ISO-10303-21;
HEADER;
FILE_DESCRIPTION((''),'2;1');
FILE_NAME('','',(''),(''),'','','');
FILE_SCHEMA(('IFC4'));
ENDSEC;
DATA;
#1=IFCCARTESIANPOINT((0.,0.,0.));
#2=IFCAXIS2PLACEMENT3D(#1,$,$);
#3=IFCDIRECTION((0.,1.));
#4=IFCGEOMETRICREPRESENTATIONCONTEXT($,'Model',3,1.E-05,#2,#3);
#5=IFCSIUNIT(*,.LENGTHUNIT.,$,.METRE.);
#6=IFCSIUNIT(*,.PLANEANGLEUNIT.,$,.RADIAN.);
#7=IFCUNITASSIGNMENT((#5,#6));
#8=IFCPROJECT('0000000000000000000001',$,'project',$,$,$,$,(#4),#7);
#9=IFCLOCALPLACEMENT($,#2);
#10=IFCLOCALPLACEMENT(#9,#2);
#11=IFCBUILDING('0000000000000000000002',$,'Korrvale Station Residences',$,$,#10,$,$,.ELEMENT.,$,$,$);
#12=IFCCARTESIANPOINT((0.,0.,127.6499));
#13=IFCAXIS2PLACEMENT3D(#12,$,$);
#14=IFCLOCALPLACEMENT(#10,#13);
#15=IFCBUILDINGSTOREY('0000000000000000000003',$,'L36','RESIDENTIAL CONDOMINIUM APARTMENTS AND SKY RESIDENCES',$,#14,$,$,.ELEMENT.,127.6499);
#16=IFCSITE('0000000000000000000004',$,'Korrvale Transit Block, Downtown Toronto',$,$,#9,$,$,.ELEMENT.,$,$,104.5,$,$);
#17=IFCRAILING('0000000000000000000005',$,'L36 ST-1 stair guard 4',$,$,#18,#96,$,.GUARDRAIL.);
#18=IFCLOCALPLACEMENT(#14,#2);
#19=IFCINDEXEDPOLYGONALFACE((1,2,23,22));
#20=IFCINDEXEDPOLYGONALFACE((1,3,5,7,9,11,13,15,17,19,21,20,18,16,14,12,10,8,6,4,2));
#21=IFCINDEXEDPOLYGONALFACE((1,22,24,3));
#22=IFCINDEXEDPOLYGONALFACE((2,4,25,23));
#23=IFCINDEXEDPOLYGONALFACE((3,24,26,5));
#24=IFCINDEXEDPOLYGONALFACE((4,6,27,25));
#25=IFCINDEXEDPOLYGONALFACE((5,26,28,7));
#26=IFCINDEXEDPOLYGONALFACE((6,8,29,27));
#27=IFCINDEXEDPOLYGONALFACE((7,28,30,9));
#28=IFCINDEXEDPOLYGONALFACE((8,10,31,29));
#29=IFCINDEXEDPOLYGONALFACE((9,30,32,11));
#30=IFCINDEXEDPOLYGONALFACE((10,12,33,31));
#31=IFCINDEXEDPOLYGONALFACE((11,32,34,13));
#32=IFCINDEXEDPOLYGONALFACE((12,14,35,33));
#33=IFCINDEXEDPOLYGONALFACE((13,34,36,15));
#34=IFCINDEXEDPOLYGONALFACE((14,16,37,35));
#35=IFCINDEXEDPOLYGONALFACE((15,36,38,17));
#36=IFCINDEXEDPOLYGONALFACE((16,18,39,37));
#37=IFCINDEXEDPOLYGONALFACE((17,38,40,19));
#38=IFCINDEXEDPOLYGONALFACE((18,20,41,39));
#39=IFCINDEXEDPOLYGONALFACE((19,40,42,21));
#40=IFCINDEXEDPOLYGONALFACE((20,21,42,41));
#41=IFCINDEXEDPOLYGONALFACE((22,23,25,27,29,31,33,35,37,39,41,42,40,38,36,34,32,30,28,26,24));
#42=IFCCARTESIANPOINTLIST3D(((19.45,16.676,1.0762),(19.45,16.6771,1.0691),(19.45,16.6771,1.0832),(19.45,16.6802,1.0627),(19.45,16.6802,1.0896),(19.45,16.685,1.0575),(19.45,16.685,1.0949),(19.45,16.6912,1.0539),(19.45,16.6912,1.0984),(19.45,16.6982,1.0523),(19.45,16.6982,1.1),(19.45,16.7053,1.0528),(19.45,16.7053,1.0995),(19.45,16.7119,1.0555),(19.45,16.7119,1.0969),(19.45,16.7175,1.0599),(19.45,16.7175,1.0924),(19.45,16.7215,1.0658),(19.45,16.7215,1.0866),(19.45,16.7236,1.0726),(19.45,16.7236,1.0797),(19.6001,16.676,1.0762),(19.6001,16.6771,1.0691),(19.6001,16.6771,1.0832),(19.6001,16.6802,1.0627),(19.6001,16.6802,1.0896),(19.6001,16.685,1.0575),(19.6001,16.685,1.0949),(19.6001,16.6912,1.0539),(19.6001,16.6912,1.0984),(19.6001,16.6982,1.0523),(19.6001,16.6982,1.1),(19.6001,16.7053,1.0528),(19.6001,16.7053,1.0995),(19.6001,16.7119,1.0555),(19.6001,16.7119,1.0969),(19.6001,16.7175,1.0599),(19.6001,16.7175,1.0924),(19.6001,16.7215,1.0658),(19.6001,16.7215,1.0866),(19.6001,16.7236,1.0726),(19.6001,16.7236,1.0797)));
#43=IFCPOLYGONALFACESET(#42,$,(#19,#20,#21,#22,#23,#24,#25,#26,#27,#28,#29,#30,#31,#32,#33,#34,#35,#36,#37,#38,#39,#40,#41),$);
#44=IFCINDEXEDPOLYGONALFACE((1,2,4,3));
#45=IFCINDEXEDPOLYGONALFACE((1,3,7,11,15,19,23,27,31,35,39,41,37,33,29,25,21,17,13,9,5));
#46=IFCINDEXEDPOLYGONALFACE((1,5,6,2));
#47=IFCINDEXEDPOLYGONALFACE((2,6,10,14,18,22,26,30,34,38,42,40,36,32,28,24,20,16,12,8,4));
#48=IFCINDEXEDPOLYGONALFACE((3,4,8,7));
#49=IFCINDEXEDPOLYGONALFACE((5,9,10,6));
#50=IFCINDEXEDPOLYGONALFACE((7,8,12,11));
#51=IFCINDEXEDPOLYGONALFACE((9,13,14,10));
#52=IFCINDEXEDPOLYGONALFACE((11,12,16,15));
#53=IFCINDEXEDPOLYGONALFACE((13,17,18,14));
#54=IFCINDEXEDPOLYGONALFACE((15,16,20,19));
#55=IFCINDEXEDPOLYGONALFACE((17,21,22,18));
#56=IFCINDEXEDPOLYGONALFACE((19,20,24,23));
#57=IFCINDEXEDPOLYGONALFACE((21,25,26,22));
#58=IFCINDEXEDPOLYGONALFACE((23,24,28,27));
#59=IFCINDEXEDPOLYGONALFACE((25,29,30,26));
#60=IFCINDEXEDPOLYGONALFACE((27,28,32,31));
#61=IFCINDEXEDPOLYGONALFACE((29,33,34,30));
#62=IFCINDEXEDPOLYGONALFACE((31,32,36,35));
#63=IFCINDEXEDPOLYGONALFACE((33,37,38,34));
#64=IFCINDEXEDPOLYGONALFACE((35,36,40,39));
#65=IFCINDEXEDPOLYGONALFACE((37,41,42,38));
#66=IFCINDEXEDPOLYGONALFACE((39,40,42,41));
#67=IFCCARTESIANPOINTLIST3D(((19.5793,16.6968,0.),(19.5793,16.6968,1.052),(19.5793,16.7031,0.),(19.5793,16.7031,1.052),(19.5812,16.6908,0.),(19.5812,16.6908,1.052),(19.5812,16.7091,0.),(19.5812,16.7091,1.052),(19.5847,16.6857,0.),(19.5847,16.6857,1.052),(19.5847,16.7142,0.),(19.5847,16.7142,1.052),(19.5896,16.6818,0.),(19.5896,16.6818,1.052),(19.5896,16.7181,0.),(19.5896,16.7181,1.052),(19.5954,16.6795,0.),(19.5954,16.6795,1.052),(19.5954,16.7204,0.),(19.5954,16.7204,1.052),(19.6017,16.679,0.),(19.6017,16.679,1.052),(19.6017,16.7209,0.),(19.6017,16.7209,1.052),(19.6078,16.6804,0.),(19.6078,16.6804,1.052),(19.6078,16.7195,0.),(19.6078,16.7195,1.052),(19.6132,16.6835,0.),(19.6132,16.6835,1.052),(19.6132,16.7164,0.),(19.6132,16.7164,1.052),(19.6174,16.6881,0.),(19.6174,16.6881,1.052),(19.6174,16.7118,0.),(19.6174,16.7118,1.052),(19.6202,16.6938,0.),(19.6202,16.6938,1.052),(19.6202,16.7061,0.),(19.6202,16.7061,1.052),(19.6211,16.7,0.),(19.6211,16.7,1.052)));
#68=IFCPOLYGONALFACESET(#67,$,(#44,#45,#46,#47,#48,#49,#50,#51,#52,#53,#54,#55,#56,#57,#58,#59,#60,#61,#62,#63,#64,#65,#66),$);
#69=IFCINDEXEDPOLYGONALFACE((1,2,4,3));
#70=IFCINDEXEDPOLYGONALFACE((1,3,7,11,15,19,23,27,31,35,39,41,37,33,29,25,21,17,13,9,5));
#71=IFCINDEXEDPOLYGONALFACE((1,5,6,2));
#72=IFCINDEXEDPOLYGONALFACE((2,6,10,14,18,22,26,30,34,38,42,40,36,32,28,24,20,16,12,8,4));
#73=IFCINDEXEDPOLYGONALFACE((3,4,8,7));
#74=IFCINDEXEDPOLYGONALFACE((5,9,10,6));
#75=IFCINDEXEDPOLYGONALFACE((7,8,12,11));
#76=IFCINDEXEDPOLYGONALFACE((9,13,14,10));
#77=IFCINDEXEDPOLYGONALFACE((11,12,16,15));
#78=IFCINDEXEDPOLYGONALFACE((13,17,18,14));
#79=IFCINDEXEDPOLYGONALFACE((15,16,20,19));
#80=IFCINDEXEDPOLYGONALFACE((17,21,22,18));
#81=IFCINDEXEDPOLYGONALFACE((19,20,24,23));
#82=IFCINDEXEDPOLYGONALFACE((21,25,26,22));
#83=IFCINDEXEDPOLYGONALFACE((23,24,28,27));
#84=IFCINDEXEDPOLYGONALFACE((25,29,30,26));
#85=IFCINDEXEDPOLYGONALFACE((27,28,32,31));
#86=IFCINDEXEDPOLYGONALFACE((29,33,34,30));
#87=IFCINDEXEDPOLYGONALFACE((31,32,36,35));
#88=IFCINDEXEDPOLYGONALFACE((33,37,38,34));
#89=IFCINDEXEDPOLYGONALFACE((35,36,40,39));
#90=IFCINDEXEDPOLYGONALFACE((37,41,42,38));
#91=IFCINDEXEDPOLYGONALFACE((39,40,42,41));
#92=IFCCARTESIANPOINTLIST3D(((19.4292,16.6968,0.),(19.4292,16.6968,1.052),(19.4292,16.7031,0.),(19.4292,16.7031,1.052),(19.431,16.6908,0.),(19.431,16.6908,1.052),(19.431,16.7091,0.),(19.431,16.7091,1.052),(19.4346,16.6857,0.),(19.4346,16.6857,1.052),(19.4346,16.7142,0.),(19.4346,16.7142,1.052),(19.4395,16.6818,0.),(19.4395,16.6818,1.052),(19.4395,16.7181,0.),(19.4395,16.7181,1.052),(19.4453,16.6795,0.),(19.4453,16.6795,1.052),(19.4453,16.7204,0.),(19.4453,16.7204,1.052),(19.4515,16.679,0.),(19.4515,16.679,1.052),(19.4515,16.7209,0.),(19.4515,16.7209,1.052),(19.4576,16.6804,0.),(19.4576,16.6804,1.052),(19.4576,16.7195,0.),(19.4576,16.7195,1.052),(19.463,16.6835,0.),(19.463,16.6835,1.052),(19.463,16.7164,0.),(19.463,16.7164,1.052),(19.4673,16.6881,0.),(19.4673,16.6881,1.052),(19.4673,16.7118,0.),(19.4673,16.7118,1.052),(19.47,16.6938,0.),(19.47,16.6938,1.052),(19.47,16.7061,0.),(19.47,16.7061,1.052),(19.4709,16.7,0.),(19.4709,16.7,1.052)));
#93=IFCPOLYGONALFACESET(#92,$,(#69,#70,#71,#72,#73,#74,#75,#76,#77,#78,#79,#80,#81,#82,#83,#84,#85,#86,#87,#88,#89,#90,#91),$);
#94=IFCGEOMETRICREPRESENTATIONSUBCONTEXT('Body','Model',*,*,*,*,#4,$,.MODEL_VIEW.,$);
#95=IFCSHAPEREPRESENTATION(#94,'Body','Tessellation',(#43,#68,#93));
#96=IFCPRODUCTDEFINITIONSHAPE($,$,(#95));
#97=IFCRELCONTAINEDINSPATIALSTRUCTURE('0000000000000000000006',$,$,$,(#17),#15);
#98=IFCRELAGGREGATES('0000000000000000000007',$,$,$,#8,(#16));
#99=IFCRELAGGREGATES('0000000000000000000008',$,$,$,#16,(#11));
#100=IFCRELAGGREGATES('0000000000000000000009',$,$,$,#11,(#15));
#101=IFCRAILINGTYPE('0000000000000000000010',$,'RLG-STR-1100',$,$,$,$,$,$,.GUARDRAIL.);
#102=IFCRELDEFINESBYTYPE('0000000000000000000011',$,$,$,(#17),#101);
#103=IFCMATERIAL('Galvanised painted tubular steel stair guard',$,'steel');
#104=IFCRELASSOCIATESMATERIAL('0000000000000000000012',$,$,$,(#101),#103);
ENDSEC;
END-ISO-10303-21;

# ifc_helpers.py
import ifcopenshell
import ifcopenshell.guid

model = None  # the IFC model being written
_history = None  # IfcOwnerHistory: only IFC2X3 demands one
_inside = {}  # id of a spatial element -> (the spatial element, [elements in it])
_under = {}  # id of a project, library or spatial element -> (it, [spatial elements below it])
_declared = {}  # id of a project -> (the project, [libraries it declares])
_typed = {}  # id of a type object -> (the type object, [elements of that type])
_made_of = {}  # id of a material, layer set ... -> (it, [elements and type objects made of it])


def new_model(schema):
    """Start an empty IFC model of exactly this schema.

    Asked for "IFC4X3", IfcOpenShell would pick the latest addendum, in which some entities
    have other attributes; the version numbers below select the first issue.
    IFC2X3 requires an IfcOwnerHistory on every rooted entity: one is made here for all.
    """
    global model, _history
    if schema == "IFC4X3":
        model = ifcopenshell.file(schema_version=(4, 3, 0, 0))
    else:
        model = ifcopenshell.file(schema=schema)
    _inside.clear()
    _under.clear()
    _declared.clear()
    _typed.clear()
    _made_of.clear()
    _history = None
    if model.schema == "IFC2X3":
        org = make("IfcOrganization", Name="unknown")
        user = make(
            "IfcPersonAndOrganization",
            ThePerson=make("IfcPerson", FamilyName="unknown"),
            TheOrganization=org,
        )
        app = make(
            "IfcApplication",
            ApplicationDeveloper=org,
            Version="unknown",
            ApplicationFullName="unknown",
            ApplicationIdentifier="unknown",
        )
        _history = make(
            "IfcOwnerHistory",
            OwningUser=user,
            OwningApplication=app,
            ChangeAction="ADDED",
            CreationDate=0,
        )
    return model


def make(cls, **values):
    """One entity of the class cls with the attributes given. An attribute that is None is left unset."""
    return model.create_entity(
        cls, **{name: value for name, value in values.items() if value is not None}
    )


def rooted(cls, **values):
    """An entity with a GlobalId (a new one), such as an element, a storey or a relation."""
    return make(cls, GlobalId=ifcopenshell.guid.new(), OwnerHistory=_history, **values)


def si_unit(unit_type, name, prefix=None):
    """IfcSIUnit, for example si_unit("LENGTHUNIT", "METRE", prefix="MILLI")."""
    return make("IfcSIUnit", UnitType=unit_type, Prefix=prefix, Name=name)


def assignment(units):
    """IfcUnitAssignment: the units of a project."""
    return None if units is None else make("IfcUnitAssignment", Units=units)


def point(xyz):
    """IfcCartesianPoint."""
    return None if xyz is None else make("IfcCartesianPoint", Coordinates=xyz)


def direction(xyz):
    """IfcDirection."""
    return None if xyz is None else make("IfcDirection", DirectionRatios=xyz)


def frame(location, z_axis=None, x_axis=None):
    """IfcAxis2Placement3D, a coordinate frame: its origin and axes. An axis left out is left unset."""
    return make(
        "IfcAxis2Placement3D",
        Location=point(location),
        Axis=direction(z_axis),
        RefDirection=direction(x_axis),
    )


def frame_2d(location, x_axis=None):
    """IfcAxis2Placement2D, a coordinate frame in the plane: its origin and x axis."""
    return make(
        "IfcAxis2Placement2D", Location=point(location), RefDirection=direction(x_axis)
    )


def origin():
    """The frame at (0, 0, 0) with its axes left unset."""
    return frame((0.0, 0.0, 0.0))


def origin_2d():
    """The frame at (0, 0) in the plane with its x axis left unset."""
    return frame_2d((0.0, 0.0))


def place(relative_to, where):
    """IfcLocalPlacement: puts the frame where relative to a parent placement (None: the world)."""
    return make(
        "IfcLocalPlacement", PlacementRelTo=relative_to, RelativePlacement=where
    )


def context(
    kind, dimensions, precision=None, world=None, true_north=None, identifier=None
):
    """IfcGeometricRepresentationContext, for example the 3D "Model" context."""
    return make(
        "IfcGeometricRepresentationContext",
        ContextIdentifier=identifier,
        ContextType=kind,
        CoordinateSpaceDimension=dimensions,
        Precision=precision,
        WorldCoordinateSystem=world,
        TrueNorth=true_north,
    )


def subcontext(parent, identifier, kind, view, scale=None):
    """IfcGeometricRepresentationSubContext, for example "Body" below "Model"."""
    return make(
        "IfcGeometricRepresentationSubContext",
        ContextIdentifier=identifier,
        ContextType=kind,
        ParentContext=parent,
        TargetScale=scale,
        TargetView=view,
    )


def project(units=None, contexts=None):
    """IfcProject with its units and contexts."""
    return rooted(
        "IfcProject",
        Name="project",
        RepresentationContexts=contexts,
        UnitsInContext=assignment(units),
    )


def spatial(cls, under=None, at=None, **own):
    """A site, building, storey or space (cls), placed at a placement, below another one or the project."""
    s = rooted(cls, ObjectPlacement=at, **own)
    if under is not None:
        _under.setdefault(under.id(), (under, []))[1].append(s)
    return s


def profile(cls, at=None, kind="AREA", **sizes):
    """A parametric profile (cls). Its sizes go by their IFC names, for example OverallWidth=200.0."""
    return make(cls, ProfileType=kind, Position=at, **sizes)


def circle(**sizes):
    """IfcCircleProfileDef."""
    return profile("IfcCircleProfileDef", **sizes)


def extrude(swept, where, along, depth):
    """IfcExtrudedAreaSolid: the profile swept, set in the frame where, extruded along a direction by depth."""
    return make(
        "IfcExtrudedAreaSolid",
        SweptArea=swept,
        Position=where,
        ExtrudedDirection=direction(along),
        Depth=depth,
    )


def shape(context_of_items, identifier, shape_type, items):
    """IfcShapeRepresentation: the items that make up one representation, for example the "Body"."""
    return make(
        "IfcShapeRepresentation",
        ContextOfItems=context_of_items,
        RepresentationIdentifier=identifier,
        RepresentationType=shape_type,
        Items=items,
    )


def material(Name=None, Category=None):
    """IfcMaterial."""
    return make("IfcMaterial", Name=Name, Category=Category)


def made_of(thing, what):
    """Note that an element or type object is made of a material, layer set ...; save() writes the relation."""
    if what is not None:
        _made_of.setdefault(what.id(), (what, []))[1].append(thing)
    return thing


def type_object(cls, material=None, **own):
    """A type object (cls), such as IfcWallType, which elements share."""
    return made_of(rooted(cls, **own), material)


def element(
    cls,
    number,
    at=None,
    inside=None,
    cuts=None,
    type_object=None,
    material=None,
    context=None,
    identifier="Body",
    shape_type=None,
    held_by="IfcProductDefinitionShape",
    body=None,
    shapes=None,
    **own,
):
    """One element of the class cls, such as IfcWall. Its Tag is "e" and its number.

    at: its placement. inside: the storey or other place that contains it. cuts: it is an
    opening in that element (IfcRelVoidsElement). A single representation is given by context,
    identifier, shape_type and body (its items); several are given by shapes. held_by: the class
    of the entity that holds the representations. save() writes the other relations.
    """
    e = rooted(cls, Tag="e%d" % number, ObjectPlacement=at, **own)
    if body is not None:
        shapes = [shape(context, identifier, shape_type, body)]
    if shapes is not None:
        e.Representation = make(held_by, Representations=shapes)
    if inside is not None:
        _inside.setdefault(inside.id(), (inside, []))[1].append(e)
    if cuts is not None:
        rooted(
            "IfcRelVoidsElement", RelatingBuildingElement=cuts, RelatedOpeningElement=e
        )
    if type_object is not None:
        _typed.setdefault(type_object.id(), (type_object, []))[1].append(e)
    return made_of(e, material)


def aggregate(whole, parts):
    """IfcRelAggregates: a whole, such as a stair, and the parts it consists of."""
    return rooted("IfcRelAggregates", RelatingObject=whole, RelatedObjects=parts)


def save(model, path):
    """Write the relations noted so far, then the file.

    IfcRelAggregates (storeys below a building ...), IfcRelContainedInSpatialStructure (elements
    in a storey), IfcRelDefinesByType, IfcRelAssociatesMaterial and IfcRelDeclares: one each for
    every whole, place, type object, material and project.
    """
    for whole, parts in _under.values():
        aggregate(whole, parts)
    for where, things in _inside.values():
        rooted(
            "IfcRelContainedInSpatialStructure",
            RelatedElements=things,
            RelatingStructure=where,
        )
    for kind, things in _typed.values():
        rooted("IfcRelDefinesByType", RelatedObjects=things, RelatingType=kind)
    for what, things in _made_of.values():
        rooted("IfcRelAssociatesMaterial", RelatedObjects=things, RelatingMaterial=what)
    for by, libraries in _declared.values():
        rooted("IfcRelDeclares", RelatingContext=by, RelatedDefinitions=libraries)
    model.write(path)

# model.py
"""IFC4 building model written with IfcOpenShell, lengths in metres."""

from ifc_helpers import new_model, si_unit, direction, frame, origin, origin_2d, place, context, subcontext, project, spatial, circle, extrude, material, type_object, element, save


model = new_model("IFC4")

# Units and contexts
model_context = context("Model", 3, precision=1e-05, world=origin(), true_north=direction((0.0, 1.0)))
body_context = subcontext(model_context, "Body", "Model", "MODEL_VIEW")
ifc_project = project(units=[si_unit("LENGTHUNIT", "METRE"), si_unit("PLANEANGLEUNIT", "RADIAN")], contexts=[model_context])

# Site, building, storey
site_placement = place(None, origin())
site = spatial("IfcSite", under=ifc_project, at=site_placement, Name="Korrvale Transit Block, Downtown Toronto", CompositionType="ELEMENT", RefElevation=104.5)
building_placement = place(site_placement, origin())
building = spatial("IfcBuilding", under=site, at=building_placement, Name="Korrvale Station Residences", CompositionType="ELEMENT")
storey_placement = place(building_placement, frame((0.0, 0.0, 127.6499)))
storey = spatial("IfcBuildingStorey", under=building, at=storey_placement, Name="L36", Description="RESIDENTIAL CONDOMINIUM APARTMENTS AND SKY RESIDENCES", CompositionType="ELEMENT", Elevation=127.6499)

# Railing
ifc_material_1 = material(Name="Galvanised painted tubular steel stair guard", Category="steel")
railing_type_1 = type_object("IfcRailingType", Name="RLG-STR-1100", PredefinedType="GUARDRAIL", material=ifc_material_1)
railing_1_placement = place(storey_placement, frame((19.6001, 16.7, 0.0)))
element("IfcRailing", 1, at=railing_1_placement, inside=storey, type_object=railing_type_1, Name="L36 ST-1 stair guard 4", PredefinedType="GUARDRAIL", context=body_context, shape_type="SweptSolid", body=[
    extrude(circle(Radius=0.0239, at=origin_2d()), frame((0.0, 0.0, 1.0762), z_axis=(-1.0, 0.0, 0.0), x_axis=(0.0, -1.0, 0.0)), (0.0, 0.0, 1.0), 0.1501),
    extrude(circle(Radius=0.021, at=origin_2d()), origin(), (0.0, 0.0, 1.0), 1.052),
    extrude(circle(Radius=0.021, at=origin_2d()), frame((-0.1501, 0.0, 0.0)), (0.0, 0.0, 1.0), 1.052),
])

save(model, "model.ifc")
